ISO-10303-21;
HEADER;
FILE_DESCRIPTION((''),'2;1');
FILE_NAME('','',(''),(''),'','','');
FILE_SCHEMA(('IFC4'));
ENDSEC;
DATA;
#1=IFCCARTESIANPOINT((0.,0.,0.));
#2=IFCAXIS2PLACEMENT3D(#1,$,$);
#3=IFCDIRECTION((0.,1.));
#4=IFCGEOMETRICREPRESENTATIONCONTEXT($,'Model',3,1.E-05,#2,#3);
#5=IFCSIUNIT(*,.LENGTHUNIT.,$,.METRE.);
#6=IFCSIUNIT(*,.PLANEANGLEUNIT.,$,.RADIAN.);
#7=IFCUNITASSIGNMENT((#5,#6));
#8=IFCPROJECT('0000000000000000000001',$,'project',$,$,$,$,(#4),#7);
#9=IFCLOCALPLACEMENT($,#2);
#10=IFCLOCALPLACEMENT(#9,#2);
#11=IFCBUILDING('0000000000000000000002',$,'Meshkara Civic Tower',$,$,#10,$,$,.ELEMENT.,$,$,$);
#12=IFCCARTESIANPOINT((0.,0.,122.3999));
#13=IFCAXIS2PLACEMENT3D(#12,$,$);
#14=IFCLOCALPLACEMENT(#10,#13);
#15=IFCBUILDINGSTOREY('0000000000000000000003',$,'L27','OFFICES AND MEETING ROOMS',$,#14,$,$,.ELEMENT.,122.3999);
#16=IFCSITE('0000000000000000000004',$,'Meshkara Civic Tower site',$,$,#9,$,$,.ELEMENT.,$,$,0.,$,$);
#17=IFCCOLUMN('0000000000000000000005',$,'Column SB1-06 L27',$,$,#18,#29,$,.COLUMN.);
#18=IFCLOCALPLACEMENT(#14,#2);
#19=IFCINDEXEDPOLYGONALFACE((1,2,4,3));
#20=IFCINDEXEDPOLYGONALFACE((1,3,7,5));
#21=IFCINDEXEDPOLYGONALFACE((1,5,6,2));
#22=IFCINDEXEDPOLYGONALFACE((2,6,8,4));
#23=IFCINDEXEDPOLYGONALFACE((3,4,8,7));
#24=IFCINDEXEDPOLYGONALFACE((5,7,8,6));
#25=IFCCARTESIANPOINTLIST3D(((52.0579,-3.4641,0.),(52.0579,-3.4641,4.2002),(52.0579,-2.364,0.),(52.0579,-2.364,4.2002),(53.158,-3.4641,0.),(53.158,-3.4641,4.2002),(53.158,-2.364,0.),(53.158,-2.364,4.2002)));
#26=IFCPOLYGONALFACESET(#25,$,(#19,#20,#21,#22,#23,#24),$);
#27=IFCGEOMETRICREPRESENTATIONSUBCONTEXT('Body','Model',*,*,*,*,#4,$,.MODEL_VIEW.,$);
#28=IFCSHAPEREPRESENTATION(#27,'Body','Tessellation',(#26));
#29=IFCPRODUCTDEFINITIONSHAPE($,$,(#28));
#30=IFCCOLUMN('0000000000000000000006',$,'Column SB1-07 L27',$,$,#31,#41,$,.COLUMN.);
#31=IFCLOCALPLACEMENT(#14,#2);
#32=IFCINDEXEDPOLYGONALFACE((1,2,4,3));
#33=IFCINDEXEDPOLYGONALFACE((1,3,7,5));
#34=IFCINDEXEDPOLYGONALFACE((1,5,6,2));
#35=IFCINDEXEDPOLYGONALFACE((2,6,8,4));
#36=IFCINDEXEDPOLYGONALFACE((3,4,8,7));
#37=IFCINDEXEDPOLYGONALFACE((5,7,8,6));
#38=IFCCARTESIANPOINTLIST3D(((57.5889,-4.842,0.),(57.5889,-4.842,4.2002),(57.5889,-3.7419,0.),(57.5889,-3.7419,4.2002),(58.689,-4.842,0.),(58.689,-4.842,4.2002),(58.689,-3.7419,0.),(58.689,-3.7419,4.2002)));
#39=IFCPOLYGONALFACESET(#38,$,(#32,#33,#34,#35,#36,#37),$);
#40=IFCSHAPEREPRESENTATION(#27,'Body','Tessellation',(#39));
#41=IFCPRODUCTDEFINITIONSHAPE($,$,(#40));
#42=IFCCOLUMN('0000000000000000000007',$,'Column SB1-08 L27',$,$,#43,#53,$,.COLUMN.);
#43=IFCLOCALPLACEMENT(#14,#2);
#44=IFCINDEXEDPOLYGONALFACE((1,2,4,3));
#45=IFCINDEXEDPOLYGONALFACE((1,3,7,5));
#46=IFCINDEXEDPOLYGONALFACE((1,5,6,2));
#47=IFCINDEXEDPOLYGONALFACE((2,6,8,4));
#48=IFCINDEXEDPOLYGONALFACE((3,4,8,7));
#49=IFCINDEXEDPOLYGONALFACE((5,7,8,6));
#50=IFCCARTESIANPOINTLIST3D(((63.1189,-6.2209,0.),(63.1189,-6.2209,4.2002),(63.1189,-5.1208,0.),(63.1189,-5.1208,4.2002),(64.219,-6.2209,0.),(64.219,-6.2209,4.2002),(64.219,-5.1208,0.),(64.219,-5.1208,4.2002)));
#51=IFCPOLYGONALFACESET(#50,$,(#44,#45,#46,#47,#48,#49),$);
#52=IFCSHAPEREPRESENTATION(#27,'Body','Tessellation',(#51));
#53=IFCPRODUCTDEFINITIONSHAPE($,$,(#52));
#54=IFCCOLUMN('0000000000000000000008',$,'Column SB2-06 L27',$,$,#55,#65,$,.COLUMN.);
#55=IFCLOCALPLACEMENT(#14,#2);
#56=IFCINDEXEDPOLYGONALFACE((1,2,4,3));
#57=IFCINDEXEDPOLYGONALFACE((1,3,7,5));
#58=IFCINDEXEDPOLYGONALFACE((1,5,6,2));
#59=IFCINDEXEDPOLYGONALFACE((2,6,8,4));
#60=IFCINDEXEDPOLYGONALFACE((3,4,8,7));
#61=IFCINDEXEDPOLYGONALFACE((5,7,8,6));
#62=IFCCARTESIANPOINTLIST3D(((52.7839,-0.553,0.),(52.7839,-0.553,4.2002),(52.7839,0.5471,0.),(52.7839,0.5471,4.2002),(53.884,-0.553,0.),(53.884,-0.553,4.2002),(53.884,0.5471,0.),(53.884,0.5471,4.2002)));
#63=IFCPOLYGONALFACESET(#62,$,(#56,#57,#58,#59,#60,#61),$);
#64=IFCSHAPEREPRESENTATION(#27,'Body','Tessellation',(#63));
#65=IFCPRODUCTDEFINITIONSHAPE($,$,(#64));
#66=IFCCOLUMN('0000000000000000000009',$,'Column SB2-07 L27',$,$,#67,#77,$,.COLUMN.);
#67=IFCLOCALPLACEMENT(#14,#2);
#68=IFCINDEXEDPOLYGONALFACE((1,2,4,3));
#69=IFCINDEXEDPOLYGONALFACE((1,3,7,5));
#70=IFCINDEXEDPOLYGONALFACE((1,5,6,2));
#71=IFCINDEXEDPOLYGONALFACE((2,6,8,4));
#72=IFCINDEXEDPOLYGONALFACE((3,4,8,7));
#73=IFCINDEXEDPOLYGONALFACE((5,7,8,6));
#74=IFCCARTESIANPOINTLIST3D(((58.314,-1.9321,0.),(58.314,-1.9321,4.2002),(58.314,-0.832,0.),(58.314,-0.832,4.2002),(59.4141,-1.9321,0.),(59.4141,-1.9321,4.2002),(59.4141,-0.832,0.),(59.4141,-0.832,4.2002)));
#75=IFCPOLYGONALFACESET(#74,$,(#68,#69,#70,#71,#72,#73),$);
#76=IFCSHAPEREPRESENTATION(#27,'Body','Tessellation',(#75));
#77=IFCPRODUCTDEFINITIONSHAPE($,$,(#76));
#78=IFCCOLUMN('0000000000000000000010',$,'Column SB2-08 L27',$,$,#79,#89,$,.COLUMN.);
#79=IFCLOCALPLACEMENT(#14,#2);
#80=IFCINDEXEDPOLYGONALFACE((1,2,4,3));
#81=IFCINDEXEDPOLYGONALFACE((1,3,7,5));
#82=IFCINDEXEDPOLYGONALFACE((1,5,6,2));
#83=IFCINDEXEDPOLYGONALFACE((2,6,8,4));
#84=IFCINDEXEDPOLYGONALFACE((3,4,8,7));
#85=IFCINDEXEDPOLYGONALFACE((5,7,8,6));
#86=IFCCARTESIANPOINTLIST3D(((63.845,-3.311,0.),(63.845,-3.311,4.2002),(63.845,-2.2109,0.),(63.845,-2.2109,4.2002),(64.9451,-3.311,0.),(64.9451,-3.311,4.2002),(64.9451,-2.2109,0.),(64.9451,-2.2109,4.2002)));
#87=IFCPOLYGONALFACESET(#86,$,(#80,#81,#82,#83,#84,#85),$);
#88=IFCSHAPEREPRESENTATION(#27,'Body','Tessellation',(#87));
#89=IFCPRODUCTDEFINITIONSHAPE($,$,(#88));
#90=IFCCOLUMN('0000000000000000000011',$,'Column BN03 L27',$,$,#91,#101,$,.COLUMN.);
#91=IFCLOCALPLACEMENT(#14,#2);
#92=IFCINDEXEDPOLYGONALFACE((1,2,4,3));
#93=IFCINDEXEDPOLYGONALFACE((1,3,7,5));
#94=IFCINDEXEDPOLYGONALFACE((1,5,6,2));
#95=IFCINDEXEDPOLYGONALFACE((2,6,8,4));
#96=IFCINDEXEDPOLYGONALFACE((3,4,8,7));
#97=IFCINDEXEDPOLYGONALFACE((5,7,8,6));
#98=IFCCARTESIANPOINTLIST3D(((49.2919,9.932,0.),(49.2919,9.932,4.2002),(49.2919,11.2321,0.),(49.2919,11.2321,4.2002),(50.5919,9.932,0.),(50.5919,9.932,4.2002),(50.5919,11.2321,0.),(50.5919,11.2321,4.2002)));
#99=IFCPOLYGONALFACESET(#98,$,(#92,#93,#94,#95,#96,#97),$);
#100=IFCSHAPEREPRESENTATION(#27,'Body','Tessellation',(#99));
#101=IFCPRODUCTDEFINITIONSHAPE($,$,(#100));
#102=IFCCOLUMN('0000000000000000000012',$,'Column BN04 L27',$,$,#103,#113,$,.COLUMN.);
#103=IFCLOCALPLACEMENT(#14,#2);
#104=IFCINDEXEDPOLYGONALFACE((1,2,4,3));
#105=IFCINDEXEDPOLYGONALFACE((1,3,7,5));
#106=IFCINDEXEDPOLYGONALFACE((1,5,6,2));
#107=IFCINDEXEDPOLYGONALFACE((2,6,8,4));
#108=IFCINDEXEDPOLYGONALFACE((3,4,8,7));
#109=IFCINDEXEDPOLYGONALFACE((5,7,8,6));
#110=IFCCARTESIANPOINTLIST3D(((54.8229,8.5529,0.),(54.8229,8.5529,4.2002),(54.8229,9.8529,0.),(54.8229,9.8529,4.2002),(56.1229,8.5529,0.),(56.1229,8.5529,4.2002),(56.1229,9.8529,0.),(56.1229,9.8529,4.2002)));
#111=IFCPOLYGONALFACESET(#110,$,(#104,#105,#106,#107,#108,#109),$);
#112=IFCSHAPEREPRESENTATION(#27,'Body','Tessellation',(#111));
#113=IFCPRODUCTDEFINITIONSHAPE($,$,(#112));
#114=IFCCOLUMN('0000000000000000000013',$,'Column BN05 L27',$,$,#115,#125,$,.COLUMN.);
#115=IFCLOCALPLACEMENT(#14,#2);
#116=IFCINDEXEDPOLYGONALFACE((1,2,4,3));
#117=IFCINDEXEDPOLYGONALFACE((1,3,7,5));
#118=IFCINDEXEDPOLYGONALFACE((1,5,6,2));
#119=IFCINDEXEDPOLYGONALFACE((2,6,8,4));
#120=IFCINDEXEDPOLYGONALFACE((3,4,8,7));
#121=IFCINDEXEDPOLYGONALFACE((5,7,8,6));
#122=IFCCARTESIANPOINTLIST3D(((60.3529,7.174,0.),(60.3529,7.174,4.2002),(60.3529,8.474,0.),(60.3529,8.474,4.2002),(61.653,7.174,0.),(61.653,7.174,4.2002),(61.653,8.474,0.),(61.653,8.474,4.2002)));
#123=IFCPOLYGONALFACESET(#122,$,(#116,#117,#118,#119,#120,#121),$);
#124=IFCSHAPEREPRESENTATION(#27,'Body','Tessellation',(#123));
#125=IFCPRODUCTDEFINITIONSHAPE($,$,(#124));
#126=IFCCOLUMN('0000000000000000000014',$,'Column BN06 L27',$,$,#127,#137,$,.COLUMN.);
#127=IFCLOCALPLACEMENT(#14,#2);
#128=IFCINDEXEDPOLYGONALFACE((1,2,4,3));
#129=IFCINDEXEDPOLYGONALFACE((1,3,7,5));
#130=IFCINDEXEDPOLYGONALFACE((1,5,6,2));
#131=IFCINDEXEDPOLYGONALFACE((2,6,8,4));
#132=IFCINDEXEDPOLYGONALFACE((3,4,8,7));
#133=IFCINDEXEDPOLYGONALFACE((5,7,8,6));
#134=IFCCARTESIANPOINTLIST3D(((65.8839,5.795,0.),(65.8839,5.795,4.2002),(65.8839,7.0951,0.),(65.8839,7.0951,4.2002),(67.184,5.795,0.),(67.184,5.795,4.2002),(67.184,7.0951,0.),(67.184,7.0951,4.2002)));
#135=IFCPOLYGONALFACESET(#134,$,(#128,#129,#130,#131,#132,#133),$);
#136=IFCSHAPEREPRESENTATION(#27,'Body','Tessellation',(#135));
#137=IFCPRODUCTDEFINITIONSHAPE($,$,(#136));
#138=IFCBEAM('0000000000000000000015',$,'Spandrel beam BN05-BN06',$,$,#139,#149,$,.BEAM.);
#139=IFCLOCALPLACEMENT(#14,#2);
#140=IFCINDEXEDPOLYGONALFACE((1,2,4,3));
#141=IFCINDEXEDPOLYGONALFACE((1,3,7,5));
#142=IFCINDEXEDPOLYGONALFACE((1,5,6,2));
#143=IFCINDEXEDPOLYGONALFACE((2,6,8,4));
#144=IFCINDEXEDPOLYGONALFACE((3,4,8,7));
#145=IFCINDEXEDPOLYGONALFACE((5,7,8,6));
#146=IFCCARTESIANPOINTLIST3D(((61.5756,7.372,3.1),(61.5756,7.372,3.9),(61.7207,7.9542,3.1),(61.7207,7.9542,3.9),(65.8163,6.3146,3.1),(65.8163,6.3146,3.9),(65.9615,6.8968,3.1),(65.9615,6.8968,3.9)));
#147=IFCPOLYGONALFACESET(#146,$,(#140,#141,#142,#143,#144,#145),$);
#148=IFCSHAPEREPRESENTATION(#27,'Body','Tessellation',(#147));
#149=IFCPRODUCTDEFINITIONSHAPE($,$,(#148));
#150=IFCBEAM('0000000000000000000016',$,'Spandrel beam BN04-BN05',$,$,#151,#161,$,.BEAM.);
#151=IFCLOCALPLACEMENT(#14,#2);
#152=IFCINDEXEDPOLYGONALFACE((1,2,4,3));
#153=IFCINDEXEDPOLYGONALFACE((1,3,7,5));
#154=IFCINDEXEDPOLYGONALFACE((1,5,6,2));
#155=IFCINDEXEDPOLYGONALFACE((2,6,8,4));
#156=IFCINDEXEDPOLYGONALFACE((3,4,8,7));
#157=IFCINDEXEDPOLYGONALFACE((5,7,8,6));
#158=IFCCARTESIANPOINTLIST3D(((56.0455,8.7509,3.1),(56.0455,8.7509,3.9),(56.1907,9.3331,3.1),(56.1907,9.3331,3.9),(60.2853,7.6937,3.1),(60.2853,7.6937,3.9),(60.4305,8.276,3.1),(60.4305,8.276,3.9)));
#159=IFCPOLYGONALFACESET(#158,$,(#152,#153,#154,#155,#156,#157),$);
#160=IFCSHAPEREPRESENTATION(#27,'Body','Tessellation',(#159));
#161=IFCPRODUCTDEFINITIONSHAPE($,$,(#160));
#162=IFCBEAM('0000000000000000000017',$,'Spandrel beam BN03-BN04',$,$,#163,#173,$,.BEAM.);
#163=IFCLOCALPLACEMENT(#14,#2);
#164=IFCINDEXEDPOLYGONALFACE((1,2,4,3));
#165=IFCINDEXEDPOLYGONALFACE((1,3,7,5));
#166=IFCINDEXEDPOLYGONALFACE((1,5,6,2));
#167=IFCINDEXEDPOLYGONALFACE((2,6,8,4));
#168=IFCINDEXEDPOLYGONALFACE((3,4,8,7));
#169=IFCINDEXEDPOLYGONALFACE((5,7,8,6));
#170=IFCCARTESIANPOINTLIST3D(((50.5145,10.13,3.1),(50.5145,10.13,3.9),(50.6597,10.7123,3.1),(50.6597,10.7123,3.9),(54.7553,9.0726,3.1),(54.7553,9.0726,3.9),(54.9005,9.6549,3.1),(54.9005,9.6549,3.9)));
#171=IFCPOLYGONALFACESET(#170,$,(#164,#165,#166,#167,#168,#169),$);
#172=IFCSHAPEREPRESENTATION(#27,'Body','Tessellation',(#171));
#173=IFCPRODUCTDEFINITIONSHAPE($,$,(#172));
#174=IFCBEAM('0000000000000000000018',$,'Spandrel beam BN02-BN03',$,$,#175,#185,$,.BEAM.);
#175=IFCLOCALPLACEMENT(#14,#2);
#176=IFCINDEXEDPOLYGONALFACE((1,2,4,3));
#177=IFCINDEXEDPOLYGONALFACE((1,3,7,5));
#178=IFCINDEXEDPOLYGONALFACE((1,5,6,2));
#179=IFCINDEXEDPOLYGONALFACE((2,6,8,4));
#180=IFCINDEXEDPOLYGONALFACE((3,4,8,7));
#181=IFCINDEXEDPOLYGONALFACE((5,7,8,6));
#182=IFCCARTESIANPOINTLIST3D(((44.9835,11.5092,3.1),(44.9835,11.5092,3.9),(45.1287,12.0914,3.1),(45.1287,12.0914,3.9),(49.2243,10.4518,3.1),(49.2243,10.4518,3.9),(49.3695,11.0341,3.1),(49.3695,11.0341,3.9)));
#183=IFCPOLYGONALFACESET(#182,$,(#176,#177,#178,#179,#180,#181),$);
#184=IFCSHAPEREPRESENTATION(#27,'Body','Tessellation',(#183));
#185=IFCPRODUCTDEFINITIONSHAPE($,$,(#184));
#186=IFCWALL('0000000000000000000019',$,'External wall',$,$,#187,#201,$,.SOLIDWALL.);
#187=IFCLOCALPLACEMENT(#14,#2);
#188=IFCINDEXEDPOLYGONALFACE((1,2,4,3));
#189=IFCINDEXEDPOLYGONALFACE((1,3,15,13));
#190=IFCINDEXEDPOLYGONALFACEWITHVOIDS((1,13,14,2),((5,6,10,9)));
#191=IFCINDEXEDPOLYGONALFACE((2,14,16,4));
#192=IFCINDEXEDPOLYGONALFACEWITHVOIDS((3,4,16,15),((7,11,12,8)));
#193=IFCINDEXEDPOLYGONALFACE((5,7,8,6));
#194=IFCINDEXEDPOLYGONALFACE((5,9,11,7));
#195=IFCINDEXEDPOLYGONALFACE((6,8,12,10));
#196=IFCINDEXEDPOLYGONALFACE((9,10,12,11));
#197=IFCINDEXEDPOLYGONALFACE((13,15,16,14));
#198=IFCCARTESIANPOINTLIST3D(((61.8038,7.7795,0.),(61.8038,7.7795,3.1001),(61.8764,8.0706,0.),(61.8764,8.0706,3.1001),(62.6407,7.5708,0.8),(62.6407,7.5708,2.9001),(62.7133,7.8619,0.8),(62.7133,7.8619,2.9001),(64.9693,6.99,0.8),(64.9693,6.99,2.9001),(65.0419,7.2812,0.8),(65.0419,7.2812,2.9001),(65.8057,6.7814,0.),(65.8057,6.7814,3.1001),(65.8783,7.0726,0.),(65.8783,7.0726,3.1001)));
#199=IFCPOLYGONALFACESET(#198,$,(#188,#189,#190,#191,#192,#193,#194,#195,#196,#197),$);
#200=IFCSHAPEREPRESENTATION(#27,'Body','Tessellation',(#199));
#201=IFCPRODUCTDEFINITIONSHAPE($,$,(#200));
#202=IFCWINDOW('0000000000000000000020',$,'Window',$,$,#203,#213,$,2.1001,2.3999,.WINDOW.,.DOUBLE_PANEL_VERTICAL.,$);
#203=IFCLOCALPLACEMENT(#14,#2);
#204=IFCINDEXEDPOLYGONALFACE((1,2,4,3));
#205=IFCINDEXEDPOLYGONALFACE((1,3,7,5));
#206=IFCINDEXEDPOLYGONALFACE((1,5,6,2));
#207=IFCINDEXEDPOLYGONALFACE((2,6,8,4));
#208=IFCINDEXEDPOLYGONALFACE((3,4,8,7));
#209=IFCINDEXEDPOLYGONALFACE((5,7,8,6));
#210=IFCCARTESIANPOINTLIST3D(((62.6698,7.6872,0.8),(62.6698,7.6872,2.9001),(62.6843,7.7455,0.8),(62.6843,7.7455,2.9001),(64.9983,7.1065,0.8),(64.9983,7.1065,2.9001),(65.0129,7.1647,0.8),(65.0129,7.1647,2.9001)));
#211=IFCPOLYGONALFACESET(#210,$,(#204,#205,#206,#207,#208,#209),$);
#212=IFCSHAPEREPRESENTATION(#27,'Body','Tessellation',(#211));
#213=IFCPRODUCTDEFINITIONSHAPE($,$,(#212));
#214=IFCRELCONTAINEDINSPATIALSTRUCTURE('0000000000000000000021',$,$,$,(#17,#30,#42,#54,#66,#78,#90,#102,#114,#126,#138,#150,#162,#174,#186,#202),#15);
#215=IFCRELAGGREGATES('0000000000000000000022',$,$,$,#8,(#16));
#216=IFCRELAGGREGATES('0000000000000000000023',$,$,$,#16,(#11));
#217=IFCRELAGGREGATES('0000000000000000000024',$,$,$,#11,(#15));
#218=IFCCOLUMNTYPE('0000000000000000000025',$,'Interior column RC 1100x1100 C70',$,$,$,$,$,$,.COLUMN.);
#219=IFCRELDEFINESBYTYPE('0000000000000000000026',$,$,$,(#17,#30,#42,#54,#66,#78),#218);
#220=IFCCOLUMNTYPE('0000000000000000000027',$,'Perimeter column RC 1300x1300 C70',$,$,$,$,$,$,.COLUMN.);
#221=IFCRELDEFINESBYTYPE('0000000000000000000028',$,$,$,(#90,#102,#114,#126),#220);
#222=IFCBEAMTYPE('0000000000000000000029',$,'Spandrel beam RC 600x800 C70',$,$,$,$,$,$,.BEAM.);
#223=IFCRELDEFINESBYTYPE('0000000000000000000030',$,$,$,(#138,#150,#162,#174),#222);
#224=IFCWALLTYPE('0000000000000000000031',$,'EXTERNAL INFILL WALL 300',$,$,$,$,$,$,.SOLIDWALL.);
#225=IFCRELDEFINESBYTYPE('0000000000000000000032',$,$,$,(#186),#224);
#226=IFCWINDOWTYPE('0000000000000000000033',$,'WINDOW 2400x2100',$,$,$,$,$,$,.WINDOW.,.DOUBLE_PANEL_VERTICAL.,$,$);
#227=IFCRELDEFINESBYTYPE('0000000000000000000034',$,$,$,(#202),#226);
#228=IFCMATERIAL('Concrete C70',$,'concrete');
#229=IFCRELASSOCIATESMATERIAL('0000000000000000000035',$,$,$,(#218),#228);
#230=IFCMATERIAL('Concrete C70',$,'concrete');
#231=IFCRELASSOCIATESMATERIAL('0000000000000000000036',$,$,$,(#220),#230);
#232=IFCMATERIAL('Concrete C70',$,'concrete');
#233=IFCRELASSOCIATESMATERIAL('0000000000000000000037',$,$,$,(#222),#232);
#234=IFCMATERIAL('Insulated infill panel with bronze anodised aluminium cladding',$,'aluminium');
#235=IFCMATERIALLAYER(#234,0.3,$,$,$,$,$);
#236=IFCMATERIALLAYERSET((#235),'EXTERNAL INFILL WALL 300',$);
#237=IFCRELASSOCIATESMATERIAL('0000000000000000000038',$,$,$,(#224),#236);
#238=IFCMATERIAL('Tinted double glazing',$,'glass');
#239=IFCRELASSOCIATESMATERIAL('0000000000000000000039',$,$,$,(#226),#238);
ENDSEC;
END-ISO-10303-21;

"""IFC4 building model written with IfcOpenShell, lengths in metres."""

from ifc_helpers import new_model, si_unit, direction, frame, frame_2d, origin, origin_2d, place, context, subcontext, project, spatial, rectangle, extrude, material, layer, layer_set, material_profile, profile_set, type_object, element, fill, save


model = new_model("IFC4")

# Units and contexts
model_context = context("Model", 3, precision=1e-05, world=origin(), true_north=direction((0.0, 1.0)))
body_context = subcontext(model_context, "Body", "Model", "MODEL_VIEW")
ifc_project = project(units=[si_unit("LENGTHUNIT", "METRE"), si_unit("PLANEANGLEUNIT", "RADIAN")], contexts=[model_context])

# Site, building, storey
site_placement = place(None, origin())
site = spatial("IfcSite", under=ifc_project, at=site_placement, Name="Meshkara Civic Tower site", CompositionType="ELEMENT", RefElevation=0.0)
building_placement = place(site_placement, origin())
building = spatial("IfcBuilding", under=site, at=building_placement, Name="Meshkara Civic Tower", CompositionType="ELEMENT")
storey_placement = place(building_placement, frame((0.0, 0.0, 122.3999)))
storey = spatial("IfcBuildingStorey", under=building, at=storey_placement, Name="L27", Description="OFFICES AND MEETING ROOMS", CompositionType="ELEMENT", Elevation=122.3999)

# Columns
ifc_material_1 = material(Name="Concrete C70", Category="concrete")
ifc_material_profile_1 = material_profile(ifc_material_1, rectangle(XDim=1.1001, YDim=1.1001, at=origin_2d()))
ifc_profile_set_1 = profile_set([ifc_material_profile_1], Name="Concrete C70")
column_type_1 = type_object("IfcColumnType", Name="Interior column RC 1100x1100 C70", PredefinedType="COLUMN", material=ifc_profile_set_1)
for number, where, z_axis, x_axis, name in (
    (1, (52.6079, -2.9141, 0.0), (0.0, 0.0, 1.0), (1.0, 0.0, 0.0), "Column SB1-06 L27"),
    (2, (58.1389, -4.292, 0.0), (0.0, 0.0, 1.0), (1.0, 0.0, 0.0), "Column SB1-07 L27"),
    (3, (63.6689, -5.6709, 0.0), (0.0, 0.0, 1.0), (1.0, 0.0, 0.0), "Column SB1-08 L27"),
    (4, (53.334, -0.0029, 0.0), (0.0, 0.0, 1.0), (1.0, 0.0, 0.0), "Column SB2-06 L27"),
    (5, (58.864, -1.3821, 0.0), (0.0, 0.0, 1.0), (1.0, 0.0, 0.0), "Column SB2-07 L27"),
    (6, (64.395, -2.761, 0.0), (0.0, 0.0, 1.0), (1.0, 0.0, 0.0), "Column SB2-08 L27"),
):
    element("IfcColumn", number, at=place(storey_placement, frame(where, z_axis=z_axis, x_axis=x_axis)), inside=storey, type_object=column_type_1, Name=name, PredefinedType="COLUMN", context=body_context, shape_type="SweptSolid", body=[
        extrude(rectangle(XDim=1.1001, YDim=1.1001, at=origin_2d()), origin(), (0.0, 0.0, 1.0), 4.2002),
    ])
ifc_material_2 = material(Name="Concrete C70", Category="concrete")
ifc_material_profile_2 = material_profile(ifc_material_2, rectangle(XDim=1.3, YDim=1.3, at=origin_2d()))
ifc_profile_set_2 = profile_set([ifc_material_profile_2], Name="Concrete C70")
column_type_2 = type_object("IfcColumnType", Name="Perimeter column RC 1300x1300 C70", PredefinedType="COLUMN", material=ifc_profile_set_2)
for number, where, z_axis, x_axis, name in (
    (7, (49.9419, 10.582, 0.0), (0.0, 0.0, 1.0), (1.0, 0.0, 0.0), "Column BN03 L27"),
    (8, (55.4729, 9.2029, 0.0), (0.0, 0.0, 1.0), (1.0, 0.0, 0.0), "Column BN04 L27"),
    (9, (61.0029, 7.824, 0.0), (0.0, 0.0, 1.0), (1.0, 0.0, 0.0), "Column BN05 L27"),
    (10, (66.5339, 6.4451, 0.0), (0.0, 0.0, 1.0), (1.0, 0.0, 0.0), "Column BN06 L27"),
):
    element("IfcColumn", number, at=place(storey_placement, frame(where, z_axis=z_axis, x_axis=x_axis)), inside=storey, type_object=column_type_2, Name=name, PredefinedType="COLUMN", context=body_context, shape_type="SweptSolid", body=[
        extrude(rectangle(XDim=1.3, YDim=1.3, at=origin_2d()), origin(), (0.0, 0.0, 1.0), 4.2002),
    ])

# Beams
ifc_material_3 = material(Name="Concrete C70", Category="concrete")
ifc_material_profile_3 = material_profile(ifc_material_3, rectangle(XDim=0.6001, YDim=0.8, at=origin_2d()))
ifc_profile_set_3 = profile_set([ifc_material_profile_3], Name="Concrete C70")
beam_type = type_object("IfcBeamType", Name="Spandrel beam RC 600x800 C70", PredefinedType="BEAM", material=ifc_profile_set_3)
beam_1_placement = place(storey_placement, frame((65.8889, 6.6057, 3.5), z_axis=(-0.970293, 0.241931, 0.0), x_axis=(-0.241931, -0.970293, 0.0)))
element("IfcBeam", 11, at=beam_1_placement, inside=storey, type_object=beam_type, Name="Spandrel beam BN05-BN06", PredefinedType="BEAM", context=body_context, shape_type="SweptSolid", body=[
    extrude(rectangle(XDim=0.6001, YDim=0.8, at=origin_2d()), origin(), (0.0, 0.0, 1.0), 4.3706),
])
beam_2_placement = place(storey_placement, frame((60.3579, 7.9849, 3.5), z_axis=(-0.970293, 0.241931, 0.0), x_axis=(-0.241931, -0.970293, 0.0)))
element("IfcBeam", 12, at=beam_2_placement, inside=storey, type_object=beam_type, Name="Spandrel beam BN04-BN05", PredefinedType="BEAM", context=body_context, shape_type="SweptSolid", body=[
    extrude(rectangle(XDim=0.6001, YDim=0.8, at=origin_2d()), origin(), (0.0, 0.0, 1.0), 4.3696),
])
for number, where, z_axis, x_axis, name in (
    (13, (54.8279, 9.3638, 3.5), (-0.970293, 0.241931, 0.0), (-0.241931, -0.970293, 0.0), "Spandrel beam BN03-BN04"),
    (14, (49.2969, 10.7429, 3.5), (-0.970293, 0.241931, 0.0), (-0.241931, -0.970293, 0.0), "Spandrel beam BN02-BN03"),
):
    element("IfcBeam", number, at=place(storey_placement, frame(where, z_axis=z_axis, x_axis=x_axis)), inside=storey, type_object=beam_type, Name=name, PredefinedType="BEAM", context=body_context, shape_type="SweptSolid", body=[
        extrude(rectangle(XDim=0.6001, YDim=0.8, at=origin_2d()), origin(), (0.0, 0.0, 1.0), 4.3706),
    ])

# Wall, opening, window
ifc_material_4 = material(Name="Insulated infill panel with bronze anodised aluminium cladding", Category="aluminium")
ifc_layer_1 = layer(ifc_material_4, 0.3)
ifc_layer_set_1 = layer_set([ifc_layer_1], Name="EXTERNAL INFILL WALL 300")
wall_type_1 = type_object("IfcWallType", Name="EXTERNAL INFILL WALL 300", PredefinedType="SOLIDWALL", material=ifc_layer_set_1)
wall_1_placement = place(storey_placement, frame((65.842, 6.927, 0.0), z_axis=(0.0, 0.0, 1.0), x_axis=(-0.970282, 0.241978, 0.0)))
wall_1 = element("IfcWall", 15, at=wall_1_placement, inside=storey, type_object=wall_type_1, Name="External wall", PredefinedType="SOLIDWALL", context=body_context, shape_type="SweptSolid", body=[
    extrude(rectangle(XDim=4.1245, YDim=0.3, at=frame_2d((2.0623, 0.0))), origin(), (0.0, 0.0, 1.0), 3.1001),
])
opening_1_placement = place(wall_1_placement, frame((0.8621, 0.0, 0.8)))
opening_1 = element("IfcOpeningElement", 16, at=opening_1_placement, cuts=wall_1, PredefinedType="OPENING", context=body_context, shape_type="SweptSolid", body=[
    extrude(rectangle(XDim=2.3999, YDim=2.1001, at=frame_2d((1.2, 1.05))), frame((0.0, 0.1599, 0.0), z_axis=(0.0, -1.0, 0.0), x_axis=(1.0, 0.0, 0.0)), (0.0, 0.0, 1.0), 0.3201),
])
ifc_material_5 = material(Name="Tinted double glazing", Category="glass")
window_type = type_object("IfcWindowType", Name="WINDOW 2400x2100", PartitioningType="DOUBLE_PANEL_VERTICAL", PredefinedType="WINDOW", material=ifc_material_5)
window_1_placement = place(opening_1_placement, origin())
window_1 = element("IfcWindow", 17, at=window_1_placement, inside=storey, type_object=window_type, Name="Window", OverallHeight=2.1001, OverallWidth=2.3999, PartitioningType="DOUBLE_PANEL_VERTICAL", PredefinedType="WINDOW", context=body_context, shape_type="SweptSolid", body=[
    extrude(rectangle(XDim=2.3999, YDim=2.1001, at=frame_2d((1.2, 1.05))), frame((0.0, 0.03, 0.0), z_axis=(0.0, -1.0, 0.0), x_axis=(1.0, 0.0, 0.0)), (0.0, 0.0, 1.0), 0.0601),
])
fill(opening_1, window_1)

save(model, "model.ifc")
